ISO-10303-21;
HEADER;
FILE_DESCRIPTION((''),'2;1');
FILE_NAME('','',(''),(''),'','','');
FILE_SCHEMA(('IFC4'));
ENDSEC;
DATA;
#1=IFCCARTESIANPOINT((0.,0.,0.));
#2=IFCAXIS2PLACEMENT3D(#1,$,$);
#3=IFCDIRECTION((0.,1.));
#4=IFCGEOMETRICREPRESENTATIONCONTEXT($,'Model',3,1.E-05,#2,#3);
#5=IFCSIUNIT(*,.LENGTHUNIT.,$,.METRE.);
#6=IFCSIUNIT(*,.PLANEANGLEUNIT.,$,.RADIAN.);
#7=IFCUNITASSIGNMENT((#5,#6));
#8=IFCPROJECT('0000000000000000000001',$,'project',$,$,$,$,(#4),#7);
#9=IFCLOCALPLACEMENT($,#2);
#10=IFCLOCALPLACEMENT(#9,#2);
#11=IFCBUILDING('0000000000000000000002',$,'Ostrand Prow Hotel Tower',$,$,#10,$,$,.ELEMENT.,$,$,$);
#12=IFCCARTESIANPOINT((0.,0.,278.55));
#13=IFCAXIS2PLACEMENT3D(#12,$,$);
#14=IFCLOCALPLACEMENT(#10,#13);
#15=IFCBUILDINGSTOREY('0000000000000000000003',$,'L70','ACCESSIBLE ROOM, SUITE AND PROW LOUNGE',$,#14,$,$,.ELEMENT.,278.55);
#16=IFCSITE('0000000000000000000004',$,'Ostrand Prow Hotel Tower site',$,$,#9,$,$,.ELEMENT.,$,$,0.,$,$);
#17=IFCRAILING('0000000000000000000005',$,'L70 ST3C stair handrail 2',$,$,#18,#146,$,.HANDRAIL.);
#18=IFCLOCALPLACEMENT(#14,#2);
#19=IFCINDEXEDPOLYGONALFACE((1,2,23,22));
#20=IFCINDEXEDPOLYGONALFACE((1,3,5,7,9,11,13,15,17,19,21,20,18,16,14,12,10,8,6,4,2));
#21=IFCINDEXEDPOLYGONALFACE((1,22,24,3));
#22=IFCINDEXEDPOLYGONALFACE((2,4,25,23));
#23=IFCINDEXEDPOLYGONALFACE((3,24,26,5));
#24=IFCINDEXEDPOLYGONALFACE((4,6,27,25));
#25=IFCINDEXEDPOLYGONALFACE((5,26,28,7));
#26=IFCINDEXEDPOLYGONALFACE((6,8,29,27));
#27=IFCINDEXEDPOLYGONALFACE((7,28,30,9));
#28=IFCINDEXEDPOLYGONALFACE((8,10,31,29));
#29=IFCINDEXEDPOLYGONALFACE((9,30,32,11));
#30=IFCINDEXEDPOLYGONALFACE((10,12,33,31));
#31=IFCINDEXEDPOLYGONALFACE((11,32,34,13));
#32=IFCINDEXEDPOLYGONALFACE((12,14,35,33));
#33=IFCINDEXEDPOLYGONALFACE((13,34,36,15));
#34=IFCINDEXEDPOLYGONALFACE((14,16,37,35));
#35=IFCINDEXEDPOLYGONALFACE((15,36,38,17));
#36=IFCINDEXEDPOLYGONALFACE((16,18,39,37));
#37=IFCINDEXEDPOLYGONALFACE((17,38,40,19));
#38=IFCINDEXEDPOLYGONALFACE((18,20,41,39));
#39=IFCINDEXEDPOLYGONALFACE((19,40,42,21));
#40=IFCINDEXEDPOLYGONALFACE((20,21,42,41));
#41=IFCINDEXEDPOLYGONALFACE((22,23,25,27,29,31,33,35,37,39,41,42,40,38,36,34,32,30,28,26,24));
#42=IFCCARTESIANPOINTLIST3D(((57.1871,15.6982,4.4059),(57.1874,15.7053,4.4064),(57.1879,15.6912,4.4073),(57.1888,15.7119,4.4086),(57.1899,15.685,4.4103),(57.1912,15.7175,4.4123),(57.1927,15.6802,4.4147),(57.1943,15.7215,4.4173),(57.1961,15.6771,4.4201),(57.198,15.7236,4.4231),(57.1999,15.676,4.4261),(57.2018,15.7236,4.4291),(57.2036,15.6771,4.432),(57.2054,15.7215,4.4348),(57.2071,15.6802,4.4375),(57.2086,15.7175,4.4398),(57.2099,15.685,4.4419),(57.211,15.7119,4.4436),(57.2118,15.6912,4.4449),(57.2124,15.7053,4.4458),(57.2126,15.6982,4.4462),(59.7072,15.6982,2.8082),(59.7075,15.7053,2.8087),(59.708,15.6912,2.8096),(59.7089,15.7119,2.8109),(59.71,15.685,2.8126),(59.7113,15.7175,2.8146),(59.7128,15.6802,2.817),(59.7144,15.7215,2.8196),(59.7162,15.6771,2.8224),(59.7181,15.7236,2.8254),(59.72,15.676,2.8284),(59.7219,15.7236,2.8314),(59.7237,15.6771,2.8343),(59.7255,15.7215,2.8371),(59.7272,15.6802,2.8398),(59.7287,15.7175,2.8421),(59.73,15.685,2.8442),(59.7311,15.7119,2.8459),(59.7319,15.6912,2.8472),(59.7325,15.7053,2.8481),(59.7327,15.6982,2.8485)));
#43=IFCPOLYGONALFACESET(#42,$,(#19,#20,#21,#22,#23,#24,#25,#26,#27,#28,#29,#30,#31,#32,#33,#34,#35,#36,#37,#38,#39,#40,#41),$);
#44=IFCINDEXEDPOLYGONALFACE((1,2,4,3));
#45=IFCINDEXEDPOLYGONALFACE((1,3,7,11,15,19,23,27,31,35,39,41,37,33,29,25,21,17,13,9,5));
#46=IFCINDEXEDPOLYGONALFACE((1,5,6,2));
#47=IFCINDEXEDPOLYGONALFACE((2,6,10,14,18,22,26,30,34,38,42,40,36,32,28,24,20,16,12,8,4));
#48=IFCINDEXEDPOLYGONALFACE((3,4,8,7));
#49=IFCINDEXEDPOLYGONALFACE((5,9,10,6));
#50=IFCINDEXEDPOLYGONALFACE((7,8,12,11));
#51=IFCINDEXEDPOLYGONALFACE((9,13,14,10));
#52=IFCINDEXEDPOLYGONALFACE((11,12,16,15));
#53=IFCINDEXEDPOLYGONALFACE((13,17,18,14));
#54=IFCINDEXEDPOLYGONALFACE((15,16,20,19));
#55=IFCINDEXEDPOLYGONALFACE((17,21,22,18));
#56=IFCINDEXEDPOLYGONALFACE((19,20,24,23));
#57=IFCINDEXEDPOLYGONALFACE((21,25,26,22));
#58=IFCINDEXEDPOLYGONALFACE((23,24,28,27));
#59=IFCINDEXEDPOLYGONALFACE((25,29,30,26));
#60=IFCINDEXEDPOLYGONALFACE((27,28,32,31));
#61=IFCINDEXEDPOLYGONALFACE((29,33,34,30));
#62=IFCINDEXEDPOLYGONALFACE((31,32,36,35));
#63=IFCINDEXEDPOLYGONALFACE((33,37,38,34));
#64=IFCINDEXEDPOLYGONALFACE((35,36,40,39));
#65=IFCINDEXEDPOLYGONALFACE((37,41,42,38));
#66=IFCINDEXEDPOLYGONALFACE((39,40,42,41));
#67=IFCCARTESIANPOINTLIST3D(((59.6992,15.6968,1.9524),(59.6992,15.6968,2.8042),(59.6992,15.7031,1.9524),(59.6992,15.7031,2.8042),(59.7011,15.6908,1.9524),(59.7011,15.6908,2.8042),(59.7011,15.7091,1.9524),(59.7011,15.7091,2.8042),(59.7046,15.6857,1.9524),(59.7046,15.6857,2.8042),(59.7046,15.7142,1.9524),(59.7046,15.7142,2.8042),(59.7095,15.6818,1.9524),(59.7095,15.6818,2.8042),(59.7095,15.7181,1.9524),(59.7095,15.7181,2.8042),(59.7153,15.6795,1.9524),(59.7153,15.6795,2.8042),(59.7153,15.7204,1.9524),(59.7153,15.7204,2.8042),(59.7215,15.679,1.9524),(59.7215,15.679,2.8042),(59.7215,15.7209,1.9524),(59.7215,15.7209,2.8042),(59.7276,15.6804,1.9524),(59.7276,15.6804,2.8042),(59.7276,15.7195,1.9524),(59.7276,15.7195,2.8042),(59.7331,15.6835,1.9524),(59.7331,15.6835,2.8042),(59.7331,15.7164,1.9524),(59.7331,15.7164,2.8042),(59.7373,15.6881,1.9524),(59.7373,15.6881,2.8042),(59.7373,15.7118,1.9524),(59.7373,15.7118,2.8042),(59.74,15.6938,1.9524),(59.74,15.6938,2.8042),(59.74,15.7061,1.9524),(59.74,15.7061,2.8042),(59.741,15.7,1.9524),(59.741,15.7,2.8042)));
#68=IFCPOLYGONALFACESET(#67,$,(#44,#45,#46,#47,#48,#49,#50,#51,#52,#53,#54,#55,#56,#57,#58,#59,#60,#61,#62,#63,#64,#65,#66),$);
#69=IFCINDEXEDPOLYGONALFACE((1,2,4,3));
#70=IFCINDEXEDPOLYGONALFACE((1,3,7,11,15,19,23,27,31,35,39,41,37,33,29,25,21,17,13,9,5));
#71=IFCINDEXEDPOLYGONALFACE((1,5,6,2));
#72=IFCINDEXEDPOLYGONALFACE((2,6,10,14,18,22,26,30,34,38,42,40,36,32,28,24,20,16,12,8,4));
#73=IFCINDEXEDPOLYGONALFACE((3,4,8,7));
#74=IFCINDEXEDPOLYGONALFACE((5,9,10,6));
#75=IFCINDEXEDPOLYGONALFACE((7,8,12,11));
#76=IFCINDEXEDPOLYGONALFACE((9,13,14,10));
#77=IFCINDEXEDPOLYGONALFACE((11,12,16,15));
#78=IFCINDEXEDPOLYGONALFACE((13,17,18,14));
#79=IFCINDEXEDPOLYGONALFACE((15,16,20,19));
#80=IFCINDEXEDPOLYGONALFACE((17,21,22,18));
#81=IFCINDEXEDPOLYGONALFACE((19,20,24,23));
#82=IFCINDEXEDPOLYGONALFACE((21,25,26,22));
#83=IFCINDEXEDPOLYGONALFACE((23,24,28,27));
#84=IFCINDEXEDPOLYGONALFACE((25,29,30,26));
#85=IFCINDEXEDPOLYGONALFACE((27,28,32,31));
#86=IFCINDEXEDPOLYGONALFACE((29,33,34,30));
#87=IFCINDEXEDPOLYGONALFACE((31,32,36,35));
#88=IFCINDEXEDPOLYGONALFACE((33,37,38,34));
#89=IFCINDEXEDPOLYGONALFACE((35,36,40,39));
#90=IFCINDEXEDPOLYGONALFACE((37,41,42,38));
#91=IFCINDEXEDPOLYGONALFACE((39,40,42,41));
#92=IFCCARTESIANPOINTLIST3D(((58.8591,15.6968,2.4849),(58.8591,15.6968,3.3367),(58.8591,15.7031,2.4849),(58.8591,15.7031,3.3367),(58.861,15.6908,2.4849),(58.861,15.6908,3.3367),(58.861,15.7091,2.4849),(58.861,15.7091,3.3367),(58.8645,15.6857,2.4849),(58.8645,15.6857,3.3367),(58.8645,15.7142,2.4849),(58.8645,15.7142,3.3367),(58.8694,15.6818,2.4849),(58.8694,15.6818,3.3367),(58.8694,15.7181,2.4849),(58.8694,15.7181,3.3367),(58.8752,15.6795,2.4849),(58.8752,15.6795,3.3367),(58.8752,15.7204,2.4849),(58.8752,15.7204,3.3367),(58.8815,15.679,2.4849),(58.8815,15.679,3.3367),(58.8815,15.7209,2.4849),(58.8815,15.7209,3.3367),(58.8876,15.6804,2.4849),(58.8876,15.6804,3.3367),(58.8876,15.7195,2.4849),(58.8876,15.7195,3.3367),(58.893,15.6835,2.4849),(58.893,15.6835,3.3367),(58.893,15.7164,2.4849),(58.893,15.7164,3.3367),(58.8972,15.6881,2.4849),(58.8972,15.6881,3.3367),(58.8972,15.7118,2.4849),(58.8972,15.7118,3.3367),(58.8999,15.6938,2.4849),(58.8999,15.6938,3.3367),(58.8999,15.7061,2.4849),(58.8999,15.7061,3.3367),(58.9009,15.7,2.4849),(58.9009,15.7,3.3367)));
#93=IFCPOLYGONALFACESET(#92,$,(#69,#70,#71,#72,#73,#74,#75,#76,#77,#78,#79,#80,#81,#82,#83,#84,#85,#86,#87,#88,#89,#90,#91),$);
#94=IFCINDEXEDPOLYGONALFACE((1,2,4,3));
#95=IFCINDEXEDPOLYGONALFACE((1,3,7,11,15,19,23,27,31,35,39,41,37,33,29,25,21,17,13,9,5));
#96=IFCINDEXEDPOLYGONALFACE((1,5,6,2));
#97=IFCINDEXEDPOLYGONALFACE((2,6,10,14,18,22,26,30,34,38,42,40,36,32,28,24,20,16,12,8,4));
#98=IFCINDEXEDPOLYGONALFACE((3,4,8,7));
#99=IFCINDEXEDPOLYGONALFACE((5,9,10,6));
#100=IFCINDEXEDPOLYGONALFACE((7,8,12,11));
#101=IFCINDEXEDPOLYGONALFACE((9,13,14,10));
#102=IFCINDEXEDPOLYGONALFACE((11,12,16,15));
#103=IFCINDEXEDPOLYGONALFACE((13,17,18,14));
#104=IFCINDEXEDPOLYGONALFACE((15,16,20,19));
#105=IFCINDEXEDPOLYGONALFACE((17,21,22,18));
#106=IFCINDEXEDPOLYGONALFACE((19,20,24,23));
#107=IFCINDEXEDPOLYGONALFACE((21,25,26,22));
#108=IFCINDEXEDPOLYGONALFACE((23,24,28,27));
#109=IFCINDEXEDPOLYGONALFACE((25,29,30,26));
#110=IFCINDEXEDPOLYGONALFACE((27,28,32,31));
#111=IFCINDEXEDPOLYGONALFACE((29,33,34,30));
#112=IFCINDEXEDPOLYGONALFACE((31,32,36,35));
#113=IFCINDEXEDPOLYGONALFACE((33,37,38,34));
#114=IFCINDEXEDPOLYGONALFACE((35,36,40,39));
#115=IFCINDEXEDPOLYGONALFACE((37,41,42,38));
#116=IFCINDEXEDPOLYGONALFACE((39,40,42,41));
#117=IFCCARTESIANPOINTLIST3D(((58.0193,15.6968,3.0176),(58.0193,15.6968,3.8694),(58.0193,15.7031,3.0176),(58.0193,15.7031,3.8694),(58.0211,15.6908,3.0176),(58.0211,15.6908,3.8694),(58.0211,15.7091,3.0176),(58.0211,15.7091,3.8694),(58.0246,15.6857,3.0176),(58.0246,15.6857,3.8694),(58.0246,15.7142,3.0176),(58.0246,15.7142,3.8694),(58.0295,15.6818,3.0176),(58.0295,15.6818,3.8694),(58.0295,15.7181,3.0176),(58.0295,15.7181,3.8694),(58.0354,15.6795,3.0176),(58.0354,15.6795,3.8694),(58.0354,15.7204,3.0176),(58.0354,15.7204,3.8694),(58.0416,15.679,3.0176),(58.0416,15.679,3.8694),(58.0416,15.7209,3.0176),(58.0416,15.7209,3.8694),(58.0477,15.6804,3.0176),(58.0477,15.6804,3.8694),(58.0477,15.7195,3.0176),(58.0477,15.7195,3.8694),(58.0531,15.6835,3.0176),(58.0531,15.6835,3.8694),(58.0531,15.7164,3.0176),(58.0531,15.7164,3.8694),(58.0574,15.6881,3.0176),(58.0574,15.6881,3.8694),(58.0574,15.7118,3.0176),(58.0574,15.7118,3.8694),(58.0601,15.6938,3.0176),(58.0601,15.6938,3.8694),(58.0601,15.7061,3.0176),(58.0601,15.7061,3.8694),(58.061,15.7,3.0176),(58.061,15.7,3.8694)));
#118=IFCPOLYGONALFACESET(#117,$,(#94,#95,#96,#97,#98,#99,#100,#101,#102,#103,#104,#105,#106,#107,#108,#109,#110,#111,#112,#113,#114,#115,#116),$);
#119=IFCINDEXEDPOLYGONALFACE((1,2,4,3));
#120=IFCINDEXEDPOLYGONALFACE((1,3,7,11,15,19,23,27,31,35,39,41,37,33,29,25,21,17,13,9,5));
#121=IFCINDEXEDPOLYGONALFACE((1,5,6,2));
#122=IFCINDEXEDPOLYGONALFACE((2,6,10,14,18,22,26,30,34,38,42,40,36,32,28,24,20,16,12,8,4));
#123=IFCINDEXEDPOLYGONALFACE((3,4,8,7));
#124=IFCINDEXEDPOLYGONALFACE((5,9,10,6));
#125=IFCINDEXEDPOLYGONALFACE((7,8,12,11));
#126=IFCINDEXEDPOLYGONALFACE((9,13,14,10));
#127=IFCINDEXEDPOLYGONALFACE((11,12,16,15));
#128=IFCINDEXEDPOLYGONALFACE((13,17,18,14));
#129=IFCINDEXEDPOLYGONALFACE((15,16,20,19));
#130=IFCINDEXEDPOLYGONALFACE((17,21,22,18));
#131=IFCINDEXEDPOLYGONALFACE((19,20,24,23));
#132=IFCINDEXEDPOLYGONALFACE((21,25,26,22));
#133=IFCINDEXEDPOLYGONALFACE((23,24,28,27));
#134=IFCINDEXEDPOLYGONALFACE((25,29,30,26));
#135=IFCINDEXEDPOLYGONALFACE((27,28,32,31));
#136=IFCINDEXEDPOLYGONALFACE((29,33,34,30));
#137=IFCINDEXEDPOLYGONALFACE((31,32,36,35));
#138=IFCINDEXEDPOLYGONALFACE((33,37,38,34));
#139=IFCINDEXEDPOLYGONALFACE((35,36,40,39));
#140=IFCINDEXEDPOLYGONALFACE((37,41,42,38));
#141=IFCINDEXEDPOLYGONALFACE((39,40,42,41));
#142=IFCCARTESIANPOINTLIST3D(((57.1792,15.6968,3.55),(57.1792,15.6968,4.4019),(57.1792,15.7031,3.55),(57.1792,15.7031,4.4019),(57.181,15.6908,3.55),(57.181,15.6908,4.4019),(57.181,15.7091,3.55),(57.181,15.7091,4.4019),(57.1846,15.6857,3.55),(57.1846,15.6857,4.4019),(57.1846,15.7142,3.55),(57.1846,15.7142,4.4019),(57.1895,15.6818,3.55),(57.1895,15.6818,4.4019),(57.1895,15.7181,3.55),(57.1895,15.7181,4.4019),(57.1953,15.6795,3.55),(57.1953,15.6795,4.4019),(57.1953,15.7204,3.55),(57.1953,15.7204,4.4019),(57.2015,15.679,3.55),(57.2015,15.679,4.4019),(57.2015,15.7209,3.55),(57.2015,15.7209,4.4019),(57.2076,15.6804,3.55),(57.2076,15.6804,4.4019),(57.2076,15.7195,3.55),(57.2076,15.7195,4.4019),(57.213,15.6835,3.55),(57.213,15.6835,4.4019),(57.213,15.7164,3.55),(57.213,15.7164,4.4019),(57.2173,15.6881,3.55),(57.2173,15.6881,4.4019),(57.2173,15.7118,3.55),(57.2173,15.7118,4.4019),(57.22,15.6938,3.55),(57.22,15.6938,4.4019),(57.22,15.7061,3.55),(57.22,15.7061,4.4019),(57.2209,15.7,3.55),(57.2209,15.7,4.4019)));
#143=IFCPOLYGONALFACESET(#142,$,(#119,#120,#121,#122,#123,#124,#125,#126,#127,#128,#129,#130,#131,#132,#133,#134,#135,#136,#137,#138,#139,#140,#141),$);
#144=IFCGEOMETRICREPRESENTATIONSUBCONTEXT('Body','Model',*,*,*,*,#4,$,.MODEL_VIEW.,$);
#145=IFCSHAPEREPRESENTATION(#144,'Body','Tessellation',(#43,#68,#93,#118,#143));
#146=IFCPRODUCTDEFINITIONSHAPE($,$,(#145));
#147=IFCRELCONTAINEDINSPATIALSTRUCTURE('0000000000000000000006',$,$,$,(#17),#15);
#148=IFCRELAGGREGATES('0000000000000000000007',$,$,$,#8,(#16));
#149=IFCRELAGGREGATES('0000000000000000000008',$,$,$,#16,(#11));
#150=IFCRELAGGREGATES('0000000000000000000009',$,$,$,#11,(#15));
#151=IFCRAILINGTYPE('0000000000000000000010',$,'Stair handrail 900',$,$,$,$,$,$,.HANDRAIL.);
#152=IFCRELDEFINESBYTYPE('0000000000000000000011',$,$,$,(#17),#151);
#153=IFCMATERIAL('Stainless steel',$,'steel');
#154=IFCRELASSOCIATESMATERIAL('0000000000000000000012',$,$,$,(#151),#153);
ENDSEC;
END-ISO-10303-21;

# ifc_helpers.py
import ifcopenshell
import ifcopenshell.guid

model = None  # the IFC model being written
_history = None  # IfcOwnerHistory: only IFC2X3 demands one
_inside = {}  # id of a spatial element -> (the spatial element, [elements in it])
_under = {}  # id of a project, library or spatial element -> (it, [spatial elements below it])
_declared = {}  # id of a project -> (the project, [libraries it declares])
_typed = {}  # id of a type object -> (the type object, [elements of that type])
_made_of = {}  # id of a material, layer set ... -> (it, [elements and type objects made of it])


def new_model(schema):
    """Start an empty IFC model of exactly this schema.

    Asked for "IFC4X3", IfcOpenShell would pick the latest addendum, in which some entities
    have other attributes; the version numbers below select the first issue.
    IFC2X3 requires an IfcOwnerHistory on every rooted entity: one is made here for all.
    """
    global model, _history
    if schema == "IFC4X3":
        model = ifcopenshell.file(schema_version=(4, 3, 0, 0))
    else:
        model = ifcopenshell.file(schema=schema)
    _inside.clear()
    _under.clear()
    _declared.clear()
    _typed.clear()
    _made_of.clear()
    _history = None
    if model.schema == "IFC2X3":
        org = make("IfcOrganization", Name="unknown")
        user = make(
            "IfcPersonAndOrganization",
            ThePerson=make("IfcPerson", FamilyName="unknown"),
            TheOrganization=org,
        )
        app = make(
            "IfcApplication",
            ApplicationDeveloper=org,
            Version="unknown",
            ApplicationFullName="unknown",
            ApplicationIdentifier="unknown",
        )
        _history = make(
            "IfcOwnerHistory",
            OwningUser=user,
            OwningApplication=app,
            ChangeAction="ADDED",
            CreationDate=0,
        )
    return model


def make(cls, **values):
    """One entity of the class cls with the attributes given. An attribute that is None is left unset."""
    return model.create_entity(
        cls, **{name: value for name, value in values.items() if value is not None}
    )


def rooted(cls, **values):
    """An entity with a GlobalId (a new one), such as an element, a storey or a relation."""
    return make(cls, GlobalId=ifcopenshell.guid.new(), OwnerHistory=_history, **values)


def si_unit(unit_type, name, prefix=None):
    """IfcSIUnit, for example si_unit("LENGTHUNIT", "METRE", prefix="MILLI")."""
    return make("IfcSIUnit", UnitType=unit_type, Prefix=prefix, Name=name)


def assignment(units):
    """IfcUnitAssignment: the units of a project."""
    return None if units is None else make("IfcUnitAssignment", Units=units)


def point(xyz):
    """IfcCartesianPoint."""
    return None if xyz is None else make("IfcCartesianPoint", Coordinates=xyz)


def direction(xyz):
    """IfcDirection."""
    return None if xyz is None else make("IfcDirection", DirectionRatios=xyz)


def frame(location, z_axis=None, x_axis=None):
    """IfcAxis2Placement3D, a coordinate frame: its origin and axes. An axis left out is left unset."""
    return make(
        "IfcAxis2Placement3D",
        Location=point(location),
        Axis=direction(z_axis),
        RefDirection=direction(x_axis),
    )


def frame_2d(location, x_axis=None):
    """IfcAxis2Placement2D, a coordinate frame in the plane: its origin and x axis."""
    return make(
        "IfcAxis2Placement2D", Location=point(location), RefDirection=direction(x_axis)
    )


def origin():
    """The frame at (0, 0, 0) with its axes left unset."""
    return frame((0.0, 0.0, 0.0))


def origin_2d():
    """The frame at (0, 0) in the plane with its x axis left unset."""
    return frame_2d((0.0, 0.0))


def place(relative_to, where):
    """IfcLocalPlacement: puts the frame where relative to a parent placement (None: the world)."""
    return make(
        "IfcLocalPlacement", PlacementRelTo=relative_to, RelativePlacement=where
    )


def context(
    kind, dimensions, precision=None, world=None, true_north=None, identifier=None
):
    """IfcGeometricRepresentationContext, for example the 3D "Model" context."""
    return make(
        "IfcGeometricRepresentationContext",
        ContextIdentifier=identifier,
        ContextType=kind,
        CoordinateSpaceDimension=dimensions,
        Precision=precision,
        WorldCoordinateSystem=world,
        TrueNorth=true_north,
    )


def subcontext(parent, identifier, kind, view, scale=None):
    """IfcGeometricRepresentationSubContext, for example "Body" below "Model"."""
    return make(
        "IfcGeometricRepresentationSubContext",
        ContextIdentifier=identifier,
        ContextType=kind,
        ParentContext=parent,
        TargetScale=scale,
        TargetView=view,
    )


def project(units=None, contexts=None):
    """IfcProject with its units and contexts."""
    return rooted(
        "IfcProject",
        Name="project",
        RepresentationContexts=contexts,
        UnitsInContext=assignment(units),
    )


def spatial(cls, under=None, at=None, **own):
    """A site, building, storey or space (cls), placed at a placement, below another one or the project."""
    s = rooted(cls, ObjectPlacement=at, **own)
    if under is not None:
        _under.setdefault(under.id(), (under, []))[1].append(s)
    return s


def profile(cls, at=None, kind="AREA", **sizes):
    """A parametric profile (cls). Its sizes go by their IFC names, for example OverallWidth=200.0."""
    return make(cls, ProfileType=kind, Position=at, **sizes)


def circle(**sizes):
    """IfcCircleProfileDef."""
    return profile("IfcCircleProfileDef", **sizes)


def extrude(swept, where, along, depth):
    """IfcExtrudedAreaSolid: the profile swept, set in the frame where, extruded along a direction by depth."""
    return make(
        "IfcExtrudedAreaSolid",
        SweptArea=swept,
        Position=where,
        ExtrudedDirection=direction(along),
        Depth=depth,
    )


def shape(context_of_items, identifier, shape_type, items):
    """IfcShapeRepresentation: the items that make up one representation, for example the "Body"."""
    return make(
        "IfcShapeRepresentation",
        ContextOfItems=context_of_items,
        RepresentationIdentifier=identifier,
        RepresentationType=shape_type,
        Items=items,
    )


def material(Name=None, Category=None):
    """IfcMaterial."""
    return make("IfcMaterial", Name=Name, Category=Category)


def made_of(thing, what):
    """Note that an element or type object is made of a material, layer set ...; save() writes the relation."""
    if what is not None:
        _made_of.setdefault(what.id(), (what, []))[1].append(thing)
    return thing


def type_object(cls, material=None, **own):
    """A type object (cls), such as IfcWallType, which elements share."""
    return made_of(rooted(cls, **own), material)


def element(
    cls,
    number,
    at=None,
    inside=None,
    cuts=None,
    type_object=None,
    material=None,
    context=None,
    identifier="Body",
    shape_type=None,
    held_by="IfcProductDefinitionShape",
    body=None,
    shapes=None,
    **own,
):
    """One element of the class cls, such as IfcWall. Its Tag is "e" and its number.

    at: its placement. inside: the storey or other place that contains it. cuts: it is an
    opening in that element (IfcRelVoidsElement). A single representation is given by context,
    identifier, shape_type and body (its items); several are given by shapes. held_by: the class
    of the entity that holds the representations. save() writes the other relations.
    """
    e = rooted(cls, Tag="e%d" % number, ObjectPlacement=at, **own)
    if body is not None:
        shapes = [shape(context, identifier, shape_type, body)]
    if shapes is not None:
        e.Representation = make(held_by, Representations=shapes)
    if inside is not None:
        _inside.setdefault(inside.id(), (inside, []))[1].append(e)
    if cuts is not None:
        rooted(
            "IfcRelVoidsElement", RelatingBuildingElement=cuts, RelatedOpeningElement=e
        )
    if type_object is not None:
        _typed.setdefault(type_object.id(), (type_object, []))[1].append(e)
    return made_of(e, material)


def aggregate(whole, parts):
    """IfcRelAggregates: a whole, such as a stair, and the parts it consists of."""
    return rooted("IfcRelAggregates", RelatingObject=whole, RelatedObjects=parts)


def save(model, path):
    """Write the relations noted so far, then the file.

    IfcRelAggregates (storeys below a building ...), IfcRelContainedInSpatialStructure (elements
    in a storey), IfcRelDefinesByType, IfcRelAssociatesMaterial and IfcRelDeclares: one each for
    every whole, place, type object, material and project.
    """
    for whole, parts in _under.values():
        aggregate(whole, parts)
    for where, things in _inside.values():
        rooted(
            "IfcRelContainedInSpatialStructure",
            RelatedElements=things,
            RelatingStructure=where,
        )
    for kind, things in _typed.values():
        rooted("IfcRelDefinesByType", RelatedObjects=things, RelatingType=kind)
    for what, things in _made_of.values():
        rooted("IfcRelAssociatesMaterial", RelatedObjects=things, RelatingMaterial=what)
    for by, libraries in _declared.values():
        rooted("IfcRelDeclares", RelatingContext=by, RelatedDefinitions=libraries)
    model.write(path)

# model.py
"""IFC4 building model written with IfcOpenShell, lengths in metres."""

from ifc_helpers import new_model, si_unit, direction, frame, origin, origin_2d, place, context, subcontext, project, spatial, circle, extrude, material, type_object, element, save


model = new_model("IFC4")

# Units and contexts
model_context = context("Model", 3, precision=1e-05, world=origin(), true_north=direction((0.0, 1.0)))
body_context = subcontext(model_context, "Body", "Model", "MODEL_VIEW")
ifc_project = project(units=[si_unit("LENGTHUNIT", "METRE"), si_unit("PLANEANGLEUNIT", "RADIAN")], contexts=[model_context])

# Site, building, storey
site_placement = place(None, origin())
site = spatial("IfcSite", under=ifc_project, at=site_placement, Name="Ostrand Prow Hotel Tower site", CompositionType="ELEMENT", RefElevation=0.0)
building_placement = place(site_placement, origin())
building = spatial("IfcBuilding", under=site, at=building_placement, Name="Ostrand Prow Hotel Tower", CompositionType="ELEMENT")
storey_placement = place(building_placement, frame((0.0, 0.0, 278.55)))
storey = spatial("IfcBuildingStorey", under=building, at=storey_placement, Name="L70", Description="ACCESSIBLE ROOM, SUITE AND PROW LOUNGE", CompositionType="ELEMENT", Elevation=278.55)

# Railing
ifc_material_1 = material(Name="Stainless steel", Category="steel")
railing_type_1 = type_object("IfcRailingType", Name="Stair handrail 900", PredefinedType="HANDRAIL", material=ifc_material_1)
railing_1_placement = place(storey_placement, frame((59.72, 15.7, 1.9524)))
element("IfcRailing", 1, at=railing_1_placement, inside=storey, type_object=railing_type_1, Name="L70 ST3C stair handrail 2", PredefinedType="HANDRAIL", context=body_context, shape_type="SweptSolid", body=[
    extrude(circle(Radius=0.0239, at=origin_2d()), frame((0.0, 0.0, 0.876), z_axis=(-0.84457, 0.0, 0.535445), x_axis=(0.0, -1.0, 0.0)), (0.0, 0.0, 1.0), 2.9839),
    extrude(circle(Radius=0.021, at=origin_2d()), origin(), (0.0, 0.0, 1.0), 0.8518),
    extrude(circle(Radius=0.021, at=origin_2d()), frame((-0.8401, 0.0, 0.5325)), (0.0, 0.0, 1.0), 0.8518),
    extrude(circle(Radius=0.021, at=origin_2d()), frame((-1.6799, 0.0, 1.0652)), (0.0, 0.0, 1.0), 0.8518),
    extrude(circle(Radius=0.021, at=origin_2d()), frame((-2.52, 0.0, 1.5977)), (0.0, 0.0, 1.0), 0.8518),
])

save(model, "model.ifc")
